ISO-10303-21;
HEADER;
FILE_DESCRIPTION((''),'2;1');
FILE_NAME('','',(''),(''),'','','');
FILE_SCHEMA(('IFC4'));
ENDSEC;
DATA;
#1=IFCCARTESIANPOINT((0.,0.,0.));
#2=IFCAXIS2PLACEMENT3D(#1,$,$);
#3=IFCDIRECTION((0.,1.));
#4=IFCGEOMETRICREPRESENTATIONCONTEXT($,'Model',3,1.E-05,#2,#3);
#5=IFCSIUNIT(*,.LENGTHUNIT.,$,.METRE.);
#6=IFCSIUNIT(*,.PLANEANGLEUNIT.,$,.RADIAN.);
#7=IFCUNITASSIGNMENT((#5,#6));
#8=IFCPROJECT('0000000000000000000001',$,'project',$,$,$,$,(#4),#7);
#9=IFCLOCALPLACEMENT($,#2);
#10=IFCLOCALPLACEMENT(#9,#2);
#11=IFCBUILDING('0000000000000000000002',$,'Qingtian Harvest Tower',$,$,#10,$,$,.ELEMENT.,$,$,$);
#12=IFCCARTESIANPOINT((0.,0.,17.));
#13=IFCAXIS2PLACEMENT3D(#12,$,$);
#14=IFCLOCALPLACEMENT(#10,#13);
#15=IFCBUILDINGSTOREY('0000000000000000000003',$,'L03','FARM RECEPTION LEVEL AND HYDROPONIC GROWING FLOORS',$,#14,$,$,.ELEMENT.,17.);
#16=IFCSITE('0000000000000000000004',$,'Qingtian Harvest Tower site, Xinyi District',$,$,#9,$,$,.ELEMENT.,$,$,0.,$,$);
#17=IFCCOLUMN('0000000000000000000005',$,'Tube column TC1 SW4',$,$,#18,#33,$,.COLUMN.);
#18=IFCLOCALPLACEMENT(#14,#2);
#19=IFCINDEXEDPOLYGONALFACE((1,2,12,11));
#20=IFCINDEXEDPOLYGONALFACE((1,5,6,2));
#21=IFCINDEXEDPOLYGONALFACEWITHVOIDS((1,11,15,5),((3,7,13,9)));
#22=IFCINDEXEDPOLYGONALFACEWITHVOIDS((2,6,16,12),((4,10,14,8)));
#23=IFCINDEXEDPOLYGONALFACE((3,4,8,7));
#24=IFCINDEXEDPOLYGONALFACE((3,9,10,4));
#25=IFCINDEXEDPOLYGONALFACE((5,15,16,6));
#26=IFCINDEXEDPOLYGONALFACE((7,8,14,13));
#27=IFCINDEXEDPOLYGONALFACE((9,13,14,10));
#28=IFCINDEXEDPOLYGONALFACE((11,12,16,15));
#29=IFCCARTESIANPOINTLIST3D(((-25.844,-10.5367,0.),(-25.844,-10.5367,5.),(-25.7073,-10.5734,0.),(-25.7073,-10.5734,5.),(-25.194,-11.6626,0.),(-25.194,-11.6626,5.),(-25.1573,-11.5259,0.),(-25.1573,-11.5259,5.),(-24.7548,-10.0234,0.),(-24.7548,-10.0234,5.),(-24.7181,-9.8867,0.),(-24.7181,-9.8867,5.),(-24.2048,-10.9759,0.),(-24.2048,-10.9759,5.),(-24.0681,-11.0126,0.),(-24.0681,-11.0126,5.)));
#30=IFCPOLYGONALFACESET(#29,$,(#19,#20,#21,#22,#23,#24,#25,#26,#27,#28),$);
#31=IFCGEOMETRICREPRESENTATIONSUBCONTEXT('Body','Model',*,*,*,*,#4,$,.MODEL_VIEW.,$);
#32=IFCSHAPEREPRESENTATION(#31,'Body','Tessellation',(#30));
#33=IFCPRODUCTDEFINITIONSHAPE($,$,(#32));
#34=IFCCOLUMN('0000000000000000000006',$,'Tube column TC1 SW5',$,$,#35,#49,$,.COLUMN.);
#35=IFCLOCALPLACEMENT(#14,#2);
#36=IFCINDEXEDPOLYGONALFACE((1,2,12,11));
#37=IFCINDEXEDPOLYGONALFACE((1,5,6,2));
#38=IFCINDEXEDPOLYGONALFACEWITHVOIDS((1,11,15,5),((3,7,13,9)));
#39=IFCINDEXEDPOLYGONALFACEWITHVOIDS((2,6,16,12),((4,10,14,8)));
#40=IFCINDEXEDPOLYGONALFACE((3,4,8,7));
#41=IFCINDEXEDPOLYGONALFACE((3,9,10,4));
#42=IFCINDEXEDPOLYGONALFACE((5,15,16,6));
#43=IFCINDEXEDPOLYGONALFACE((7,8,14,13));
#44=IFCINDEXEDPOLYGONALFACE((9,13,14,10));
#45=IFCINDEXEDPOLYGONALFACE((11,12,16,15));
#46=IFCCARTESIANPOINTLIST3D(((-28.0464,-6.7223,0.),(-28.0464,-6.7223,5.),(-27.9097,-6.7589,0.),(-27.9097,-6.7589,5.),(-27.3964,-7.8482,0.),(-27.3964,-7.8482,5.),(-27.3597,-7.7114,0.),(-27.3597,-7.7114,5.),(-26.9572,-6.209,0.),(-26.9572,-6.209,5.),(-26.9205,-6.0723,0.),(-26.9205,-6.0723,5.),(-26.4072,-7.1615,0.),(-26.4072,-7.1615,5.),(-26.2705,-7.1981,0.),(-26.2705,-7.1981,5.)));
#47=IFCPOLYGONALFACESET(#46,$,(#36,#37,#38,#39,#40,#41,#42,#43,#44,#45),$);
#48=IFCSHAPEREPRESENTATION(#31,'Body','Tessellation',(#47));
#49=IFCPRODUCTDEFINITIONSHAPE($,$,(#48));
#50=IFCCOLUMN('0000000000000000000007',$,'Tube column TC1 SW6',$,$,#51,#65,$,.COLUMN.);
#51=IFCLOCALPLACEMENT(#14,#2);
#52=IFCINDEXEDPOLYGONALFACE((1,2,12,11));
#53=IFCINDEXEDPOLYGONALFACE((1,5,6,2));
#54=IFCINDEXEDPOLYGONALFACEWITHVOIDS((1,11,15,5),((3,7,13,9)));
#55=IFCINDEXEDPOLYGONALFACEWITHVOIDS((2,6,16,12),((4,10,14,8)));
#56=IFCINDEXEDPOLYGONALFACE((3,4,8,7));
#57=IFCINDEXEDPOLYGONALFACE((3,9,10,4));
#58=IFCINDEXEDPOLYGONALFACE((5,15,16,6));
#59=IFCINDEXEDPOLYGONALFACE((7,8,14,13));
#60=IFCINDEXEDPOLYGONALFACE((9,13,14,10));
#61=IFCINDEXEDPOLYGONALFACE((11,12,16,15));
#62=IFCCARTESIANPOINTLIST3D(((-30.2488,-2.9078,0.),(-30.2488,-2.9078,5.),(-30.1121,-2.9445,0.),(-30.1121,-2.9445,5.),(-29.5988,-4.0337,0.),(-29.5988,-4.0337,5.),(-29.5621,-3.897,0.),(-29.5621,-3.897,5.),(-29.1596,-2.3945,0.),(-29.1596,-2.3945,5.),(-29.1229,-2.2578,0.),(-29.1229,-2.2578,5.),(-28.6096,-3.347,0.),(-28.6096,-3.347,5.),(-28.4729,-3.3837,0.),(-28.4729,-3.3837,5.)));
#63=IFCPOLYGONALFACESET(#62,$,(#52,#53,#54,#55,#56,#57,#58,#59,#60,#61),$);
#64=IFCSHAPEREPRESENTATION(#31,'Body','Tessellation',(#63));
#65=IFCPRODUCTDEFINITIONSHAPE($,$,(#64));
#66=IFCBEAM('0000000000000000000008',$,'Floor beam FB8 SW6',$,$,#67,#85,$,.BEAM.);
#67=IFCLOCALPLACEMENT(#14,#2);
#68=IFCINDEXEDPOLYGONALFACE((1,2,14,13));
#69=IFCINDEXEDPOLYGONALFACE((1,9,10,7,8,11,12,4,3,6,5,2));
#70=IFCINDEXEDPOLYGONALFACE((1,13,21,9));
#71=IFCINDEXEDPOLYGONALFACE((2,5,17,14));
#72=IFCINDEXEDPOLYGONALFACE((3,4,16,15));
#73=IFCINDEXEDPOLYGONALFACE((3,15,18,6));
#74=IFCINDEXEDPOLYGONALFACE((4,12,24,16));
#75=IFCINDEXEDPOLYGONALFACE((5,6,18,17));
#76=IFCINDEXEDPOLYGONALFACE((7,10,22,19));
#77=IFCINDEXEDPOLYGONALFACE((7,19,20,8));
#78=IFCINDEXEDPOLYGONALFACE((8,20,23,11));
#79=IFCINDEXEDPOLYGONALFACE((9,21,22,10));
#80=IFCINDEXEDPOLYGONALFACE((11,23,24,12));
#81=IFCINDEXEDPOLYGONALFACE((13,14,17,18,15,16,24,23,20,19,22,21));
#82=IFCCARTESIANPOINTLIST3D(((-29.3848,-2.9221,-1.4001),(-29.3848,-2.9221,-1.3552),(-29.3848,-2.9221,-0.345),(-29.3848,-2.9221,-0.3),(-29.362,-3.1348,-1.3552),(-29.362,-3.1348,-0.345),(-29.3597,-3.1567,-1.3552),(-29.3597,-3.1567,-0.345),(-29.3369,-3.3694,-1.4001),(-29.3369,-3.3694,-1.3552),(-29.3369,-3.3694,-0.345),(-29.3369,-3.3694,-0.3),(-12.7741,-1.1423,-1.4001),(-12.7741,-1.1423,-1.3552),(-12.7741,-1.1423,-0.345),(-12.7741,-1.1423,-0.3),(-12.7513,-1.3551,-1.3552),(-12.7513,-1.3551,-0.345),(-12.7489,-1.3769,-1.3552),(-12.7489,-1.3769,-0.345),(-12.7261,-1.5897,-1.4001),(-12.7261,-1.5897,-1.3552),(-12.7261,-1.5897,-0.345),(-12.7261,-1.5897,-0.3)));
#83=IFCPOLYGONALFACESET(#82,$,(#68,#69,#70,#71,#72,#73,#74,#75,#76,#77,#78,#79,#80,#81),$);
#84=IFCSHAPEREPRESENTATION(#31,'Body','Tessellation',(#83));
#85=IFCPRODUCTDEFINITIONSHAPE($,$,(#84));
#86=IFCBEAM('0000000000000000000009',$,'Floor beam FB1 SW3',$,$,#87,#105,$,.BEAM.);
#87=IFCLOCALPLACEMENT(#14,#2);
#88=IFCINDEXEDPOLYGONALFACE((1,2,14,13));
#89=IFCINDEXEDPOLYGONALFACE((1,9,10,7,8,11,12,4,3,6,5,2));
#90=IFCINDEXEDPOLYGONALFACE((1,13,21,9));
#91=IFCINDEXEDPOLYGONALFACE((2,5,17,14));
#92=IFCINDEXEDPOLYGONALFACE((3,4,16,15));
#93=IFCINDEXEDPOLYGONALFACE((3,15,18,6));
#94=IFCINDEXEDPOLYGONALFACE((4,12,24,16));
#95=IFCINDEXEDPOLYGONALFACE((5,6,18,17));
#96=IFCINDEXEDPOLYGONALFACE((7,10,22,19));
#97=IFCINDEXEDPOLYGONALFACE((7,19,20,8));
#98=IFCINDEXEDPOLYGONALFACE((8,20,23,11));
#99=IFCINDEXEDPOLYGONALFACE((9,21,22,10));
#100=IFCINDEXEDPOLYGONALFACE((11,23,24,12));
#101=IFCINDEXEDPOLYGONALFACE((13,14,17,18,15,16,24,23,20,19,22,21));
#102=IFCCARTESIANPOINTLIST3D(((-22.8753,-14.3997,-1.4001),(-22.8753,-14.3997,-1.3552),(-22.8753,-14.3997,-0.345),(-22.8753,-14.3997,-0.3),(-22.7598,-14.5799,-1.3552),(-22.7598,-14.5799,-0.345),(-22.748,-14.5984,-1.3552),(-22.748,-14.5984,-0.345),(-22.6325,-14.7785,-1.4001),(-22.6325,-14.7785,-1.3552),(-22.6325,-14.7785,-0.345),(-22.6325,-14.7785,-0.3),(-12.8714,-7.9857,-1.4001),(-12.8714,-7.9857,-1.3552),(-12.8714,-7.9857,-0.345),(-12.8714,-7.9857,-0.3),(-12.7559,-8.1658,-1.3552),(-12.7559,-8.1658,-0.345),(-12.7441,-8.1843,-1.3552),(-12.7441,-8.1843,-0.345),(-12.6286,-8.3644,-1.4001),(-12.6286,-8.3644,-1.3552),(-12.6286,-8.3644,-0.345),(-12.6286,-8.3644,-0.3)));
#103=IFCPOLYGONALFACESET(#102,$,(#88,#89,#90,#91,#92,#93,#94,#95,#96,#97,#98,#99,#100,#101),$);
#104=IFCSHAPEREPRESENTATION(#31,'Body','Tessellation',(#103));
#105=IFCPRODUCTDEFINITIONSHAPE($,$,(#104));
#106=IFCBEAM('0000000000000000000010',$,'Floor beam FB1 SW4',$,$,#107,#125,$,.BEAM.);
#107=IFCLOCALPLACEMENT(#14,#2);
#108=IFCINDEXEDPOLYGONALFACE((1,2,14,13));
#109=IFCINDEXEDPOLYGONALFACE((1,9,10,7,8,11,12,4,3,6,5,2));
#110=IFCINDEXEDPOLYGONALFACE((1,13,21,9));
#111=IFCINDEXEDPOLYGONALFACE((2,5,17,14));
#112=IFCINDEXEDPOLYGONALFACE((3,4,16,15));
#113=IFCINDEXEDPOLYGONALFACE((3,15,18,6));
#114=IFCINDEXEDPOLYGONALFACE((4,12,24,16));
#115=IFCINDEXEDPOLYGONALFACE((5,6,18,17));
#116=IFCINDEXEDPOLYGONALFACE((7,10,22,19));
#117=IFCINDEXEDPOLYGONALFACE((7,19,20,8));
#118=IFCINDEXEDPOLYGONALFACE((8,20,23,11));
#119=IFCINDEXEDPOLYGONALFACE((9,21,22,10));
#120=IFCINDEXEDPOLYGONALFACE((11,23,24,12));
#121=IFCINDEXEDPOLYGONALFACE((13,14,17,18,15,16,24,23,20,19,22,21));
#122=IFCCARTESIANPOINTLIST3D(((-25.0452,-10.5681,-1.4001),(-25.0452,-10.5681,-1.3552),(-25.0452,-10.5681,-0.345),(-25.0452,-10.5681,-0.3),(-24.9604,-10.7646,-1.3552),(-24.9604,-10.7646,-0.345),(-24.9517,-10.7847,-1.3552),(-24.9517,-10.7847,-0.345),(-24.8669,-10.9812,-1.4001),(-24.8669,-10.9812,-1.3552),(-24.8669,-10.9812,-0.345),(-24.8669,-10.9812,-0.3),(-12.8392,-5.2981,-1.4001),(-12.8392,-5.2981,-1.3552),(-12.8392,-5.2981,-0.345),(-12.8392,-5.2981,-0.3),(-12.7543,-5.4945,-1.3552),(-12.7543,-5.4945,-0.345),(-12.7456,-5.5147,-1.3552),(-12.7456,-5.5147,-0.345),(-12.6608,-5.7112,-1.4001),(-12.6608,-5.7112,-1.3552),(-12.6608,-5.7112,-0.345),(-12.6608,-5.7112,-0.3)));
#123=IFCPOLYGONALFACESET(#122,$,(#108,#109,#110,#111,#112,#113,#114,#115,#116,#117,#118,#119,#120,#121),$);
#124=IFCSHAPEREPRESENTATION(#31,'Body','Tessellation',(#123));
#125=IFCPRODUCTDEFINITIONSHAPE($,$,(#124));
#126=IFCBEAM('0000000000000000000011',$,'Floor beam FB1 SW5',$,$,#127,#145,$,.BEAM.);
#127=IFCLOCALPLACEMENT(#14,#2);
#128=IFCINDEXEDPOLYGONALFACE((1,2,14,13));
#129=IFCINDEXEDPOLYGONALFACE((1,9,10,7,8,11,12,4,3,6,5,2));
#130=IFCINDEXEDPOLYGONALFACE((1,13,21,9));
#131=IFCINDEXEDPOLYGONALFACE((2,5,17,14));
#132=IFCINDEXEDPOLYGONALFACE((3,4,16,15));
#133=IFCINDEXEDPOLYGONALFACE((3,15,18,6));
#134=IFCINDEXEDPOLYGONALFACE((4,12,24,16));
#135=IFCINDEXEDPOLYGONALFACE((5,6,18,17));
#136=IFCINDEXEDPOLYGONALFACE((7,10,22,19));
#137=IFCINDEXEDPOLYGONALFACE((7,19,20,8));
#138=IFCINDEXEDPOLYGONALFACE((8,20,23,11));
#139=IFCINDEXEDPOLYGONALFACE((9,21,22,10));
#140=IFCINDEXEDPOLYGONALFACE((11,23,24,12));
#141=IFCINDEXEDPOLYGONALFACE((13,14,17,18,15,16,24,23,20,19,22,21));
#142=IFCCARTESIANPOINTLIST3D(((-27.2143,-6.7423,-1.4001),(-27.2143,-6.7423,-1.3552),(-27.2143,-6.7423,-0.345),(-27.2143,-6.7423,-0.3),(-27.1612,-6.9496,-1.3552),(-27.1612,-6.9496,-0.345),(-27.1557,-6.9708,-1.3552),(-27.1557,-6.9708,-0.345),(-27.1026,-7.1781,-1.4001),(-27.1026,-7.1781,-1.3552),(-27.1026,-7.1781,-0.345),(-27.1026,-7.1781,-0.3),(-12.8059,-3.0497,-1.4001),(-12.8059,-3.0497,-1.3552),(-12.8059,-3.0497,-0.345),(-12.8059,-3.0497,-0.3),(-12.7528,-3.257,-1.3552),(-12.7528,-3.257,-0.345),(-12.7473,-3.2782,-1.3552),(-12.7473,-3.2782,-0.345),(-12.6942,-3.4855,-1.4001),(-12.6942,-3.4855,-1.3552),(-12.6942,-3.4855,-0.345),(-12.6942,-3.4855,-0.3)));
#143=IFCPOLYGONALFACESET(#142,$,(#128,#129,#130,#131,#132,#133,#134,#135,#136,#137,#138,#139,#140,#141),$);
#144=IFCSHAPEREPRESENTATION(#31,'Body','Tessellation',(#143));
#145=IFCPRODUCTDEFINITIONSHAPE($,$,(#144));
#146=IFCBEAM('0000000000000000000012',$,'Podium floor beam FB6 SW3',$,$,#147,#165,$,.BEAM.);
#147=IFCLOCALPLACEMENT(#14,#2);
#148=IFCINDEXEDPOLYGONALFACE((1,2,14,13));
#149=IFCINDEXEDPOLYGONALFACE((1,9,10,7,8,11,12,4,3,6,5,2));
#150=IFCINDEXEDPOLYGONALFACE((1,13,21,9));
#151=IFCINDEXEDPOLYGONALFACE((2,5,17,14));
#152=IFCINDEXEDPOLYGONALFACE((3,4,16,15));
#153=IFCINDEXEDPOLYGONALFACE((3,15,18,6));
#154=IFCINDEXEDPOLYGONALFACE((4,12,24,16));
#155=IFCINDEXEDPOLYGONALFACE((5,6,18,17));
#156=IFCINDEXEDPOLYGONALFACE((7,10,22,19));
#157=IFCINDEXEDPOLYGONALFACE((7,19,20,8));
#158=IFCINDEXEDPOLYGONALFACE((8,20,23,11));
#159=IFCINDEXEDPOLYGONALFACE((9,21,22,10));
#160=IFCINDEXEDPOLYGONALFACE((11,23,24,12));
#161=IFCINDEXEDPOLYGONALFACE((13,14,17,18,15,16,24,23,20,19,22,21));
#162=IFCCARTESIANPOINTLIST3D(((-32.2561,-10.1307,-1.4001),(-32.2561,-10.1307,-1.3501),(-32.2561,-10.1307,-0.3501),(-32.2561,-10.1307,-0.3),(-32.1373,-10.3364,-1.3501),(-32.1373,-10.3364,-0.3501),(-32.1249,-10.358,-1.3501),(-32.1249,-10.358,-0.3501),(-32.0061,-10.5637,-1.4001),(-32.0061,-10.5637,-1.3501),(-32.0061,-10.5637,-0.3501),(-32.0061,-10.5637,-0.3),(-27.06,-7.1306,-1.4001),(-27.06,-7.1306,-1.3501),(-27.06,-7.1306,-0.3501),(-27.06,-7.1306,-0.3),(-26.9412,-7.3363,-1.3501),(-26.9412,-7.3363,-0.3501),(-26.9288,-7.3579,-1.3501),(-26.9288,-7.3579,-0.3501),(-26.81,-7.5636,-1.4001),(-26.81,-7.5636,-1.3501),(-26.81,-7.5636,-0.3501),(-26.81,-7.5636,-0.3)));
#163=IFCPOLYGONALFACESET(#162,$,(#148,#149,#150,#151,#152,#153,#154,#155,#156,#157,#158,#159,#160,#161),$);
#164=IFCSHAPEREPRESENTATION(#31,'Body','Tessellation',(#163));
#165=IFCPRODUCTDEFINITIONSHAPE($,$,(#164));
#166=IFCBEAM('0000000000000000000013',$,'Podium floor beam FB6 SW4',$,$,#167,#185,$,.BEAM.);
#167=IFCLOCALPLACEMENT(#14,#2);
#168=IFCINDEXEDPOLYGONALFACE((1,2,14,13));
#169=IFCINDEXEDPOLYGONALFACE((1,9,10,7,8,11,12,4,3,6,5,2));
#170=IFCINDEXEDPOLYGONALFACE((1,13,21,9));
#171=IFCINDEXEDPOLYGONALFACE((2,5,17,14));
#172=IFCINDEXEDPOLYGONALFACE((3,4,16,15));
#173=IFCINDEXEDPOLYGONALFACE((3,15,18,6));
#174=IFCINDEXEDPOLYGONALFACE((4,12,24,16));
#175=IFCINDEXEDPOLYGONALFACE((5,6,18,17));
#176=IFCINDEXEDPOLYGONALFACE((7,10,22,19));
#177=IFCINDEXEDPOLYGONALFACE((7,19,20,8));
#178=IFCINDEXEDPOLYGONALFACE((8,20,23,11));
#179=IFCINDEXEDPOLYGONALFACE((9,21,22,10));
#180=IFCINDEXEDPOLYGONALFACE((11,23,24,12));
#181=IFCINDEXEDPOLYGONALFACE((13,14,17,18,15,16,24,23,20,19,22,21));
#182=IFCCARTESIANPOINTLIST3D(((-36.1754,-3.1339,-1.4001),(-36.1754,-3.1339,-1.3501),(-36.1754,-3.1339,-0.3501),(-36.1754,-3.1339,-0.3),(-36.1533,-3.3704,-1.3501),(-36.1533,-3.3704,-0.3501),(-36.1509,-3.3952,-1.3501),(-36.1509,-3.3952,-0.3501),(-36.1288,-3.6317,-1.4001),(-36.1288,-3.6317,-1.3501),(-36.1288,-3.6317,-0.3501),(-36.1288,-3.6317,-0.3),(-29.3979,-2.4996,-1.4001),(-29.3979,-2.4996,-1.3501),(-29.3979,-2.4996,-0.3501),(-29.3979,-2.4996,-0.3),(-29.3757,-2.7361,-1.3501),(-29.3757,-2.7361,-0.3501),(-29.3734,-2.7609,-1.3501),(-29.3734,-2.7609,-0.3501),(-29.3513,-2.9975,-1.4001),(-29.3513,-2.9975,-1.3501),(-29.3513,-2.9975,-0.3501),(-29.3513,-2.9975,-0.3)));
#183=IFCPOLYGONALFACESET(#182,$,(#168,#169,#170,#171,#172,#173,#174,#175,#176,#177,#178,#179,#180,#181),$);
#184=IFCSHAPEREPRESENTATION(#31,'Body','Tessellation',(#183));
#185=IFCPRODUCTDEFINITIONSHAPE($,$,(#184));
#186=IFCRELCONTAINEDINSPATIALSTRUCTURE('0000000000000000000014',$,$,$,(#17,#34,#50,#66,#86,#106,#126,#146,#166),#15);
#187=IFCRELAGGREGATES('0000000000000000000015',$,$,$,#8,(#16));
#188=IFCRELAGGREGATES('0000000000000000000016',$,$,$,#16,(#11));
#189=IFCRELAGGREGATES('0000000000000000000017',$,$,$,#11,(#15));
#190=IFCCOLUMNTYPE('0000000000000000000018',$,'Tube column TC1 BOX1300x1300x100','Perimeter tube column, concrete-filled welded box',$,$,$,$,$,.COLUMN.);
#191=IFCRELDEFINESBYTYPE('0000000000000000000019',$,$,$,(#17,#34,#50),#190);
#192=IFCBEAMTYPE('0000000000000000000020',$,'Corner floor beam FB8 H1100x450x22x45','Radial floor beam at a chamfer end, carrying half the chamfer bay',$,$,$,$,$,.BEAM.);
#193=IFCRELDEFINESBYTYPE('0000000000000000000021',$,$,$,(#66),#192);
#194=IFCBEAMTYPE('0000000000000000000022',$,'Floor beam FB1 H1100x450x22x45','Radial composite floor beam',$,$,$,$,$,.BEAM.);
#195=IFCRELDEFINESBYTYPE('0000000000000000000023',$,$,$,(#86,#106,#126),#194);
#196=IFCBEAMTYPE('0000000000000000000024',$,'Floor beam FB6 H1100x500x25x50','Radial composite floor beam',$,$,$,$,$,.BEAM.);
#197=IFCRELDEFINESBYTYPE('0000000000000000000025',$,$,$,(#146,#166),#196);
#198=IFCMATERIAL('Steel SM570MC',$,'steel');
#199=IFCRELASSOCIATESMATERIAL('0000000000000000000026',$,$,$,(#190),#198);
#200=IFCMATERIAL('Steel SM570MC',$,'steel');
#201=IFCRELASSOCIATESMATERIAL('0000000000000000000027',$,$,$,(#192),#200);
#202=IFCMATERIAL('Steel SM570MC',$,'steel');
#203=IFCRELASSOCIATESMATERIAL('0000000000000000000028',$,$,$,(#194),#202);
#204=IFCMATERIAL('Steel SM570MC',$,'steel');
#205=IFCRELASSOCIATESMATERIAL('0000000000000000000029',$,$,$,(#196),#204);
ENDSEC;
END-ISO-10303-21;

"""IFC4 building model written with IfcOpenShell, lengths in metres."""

from ifc_helpers import new_model, si_unit, direction, frame, origin, origin_2d, place, context, subcontext, project, spatial, hollow_rectangle, i_section, extrude, material, material_profile, profile_set, type_object, element, save


model = new_model("IFC4")

# Units and contexts
model_context = context("Model", 3, precision=1e-05, world=origin(), true_north=direction((0.0, 1.0)))
body_context = subcontext(model_context, "Body", "Model", "MODEL_VIEW")
ifc_project = project(units=[si_unit("LENGTHUNIT", "METRE"), si_unit("PLANEANGLEUNIT", "RADIAN")], contexts=[model_context])

# Site, building, storey
site_placement = place(None, origin())
site = spatial("IfcSite", under=ifc_project, at=site_placement, Name="Qingtian Harvest Tower site, Xinyi District", CompositionType="ELEMENT", RefElevation=0.0)
building_placement = place(site_placement, origin())
building = spatial("IfcBuilding", under=site, at=building_placement, Name="Qingtian Harvest Tower", CompositionType="ELEMENT")
storey_placement = place(building_placement, frame((0.0, 0.0, 17.0)))
storey = spatial("IfcBuildingStorey", under=building, at=storey_placement, Name="L03", Description="FARM RECEPTION LEVEL AND HYDROPONIC GROWING FLOORS", CompositionType="ELEMENT", Elevation=17.0)

# Columns
ifc_material_1 = material(Name="Steel SM570MC", Category="steel")
ifc_material_profile_1 = material_profile(ifc_material_1, hollow_rectangle(XDim=1.3, YDim=1.3, WallThickness=0.1001, at=origin_2d()), Name="BOX1300x1300x100")
ifc_profile_set_1 = profile_set([ifc_material_profile_1], Name="Steel SM570MC")
column_type = type_object("IfcColumnType", Name="Tube column TC1 BOX1300x1300x100", Description="Perimeter tube column, concrete-filled welded box", PredefinedType="COLUMN", material=ifc_profile_set_1)
for number, where, z_axis, x_axis, name in (
    (1, (-24.9561, -10.7747, 0.0), (0.0, 0.0, 1.0), (0.5, -0.866025, 0.0), "Tube column TC1 SW4"),
    (2, (-27.1584, -6.9602, 0.0), (0.0, 0.0, 1.0), (0.5, -0.866025, 0.0), "Tube column TC1 SW5"),
    (3, (-29.3608, -3.1458, 0.0), (0.0, 0.0, 1.0), (0.5, -0.866025, 0.0), "Tube column TC1 SW6"),
):
    element("IfcColumn", number, at=place(storey_placement, frame(where, z_axis=z_axis, x_axis=x_axis)), inside=storey, type_object=column_type, Name=name, PredefinedType="COLUMN", context=body_context, shape_type="SweptSolid", body=[
        extrude(hollow_rectangle(XDim=1.3, YDim=1.3, WallThickness=0.1001, at=origin_2d()), origin(), (0.0, 0.0, 1.0), 5.0),
    ])

# Beams
ifc_material_2 = material(Name="Steel SM570MC", Category="steel")
ifc_material_profile_2 = material_profile(ifc_material_2, i_section(OverallWidth=0.45, OverallDepth=1.1001, WebThickness=0.022, FlangeThickness=0.0449, at=origin_2d()), Name="H1100x450x22x45")
ifc_profile_set_2 = profile_set([ifc_material_profile_2], Name="Steel SM570MC")
beam_type_1 = type_object("IfcBeamType", Name="Corner floor beam FB8 H1100x450x22x45", Description="Radial floor beam at a chamfer end, carrying half the chamfer bay", PredefinedType="BEAM", material=ifc_profile_set_2)
beam_1_placement = place(storey_placement, frame((-29.3608, -3.1458, -0.8501), z_axis=(0.994309, 0.106536, 0.0), x_axis=(-0.106536, 0.994309, 0.0)))
element("IfcBeam", 4, at=beam_1_placement, inside=storey, type_object=beam_type_1, Name="Floor beam FB8 SW6", PredefinedType="BEAM", context=body_context, shape_type="SweptSolid", body=[
    extrude(i_section(OverallWidth=0.45, OverallDepth=1.1001, WebThickness=0.022, FlangeThickness=0.0449, at=origin_2d()), origin(), (0.0, 0.0, 1.0), 16.7058),
])
ifc_material_3 = material(Name="Steel SM570MC", Category="steel")
ifc_material_profile_3 = material_profile(ifc_material_3, i_section(OverallWidth=0.45, OverallDepth=1.1001, WebThickness=0.022, FlangeThickness=0.0449, at=origin_2d()), Name="H1100x450x22x45")
ifc_profile_set_3 = profile_set([ifc_material_profile_3], Name="Steel SM570MC")
beam_type_2 = type_object("IfcBeamType", Name="Floor beam FB1 H1100x450x22x45", Description="Radial composite floor beam", PredefinedType="BEAM", material=ifc_profile_set_3)
beam_2_placement = place(storey_placement, frame((-22.7539, -14.5891, -0.8501), z_axis=(0.841829, 0.539744, 0.0), x_axis=(-0.539744, 0.841829, 0.0)))
element("IfcBeam", 5, at=beam_2_placement, inside=storey, type_object=beam_type_2, Name="Floor beam FB1 SW3", PredefinedType="BEAM", context=body_context, shape_type="SweptSolid", body=[
    extrude(i_section(OverallWidth=0.45, OverallDepth=1.1001, WebThickness=0.022, FlangeThickness=0.0449, at=origin_2d()), origin(), (0.0, 0.0, 1.0), 11.8835),
])
beam_3_placement = place(storey_placement, frame((-24.9561, -10.7747, -0.8501), z_axis=(0.918084, 0.396387, 0.0), x_axis=(-0.396387, 0.918084, 0.0)))
element("IfcBeam", 6, at=beam_3_placement, inside=storey, type_object=beam_type_2, Name="Floor beam FB1 SW4", PredefinedType="BEAM", context=body_context, shape_type="SweptSolid", body=[
    extrude(i_section(OverallWidth=0.45, OverallDepth=1.1001, WebThickness=0.022, FlangeThickness=0.0449, at=origin_2d()), origin(), (0.0, 0.0, 1.0), 13.2952),
])
beam_4_placement = place(storey_placement, frame((-27.1584, -6.9602, -0.8501), z_axis=(0.968694, 0.248259, 0.0), x_axis=(-0.248259, 0.968694, 0.0)))
element("IfcBeam", 7, at=beam_4_placement, inside=storey, type_object=beam_type_2, Name="Floor beam FB1 SW5", PredefinedType="BEAM", context=body_context, shape_type="SweptSolid", body=[
    extrude(i_section(OverallWidth=0.45, OverallDepth=1.1001, WebThickness=0.022, FlangeThickness=0.0449, at=origin_2d()), origin(), (0.0, 0.0, 1.0), 14.874),
])
ifc_material_4 = material(Name="Steel SM570MC", Category="steel")
ifc_material_profile_4 = material_profile(ifc_material_4, i_section(OverallWidth=0.5, OverallDepth=1.1001, WebThickness=0.0249, FlangeThickness=0.05, at=origin_2d()), Name="H1100x500x25x50")
ifc_profile_set_4 = profile_set([ifc_material_profile_4], Name="Steel SM570MC")
beam_type_3 = type_object("IfcBeamType", Name="Floor beam FB6 H1100x500x25x50", Description="Radial composite floor beam", PredefinedType="BEAM", material=ifc_profile_set_4)
beam_5_placement = place(storey_placement, frame((-32.1311, -10.3472, -0.8501), z_axis=(0.866021, 0.500008, 0.0), x_axis=(-0.500008, 0.866021, 0.0)))
element("IfcBeam", 8, at=beam_5_placement, inside=storey, type_object=beam_type_3, Name="Podium floor beam FB6 SW3", PredefinedType="BEAM", context=body_context, shape_type="SweptSolid", body=[
    extrude(i_section(OverallWidth=0.5, OverallDepth=1.1001, WebThickness=0.0249, FlangeThickness=0.05, at=origin_2d()), origin(), (0.0, 0.0, 1.0), 6.0),
])
beam_6_placement = place(storey_placement, frame((-36.1521, -3.3828, -0.8501), z_axis=(0.99565, 0.093177, 0.0), x_axis=(-0.093177, 0.99565, 0.0)))
element("IfcBeam", 9, at=beam_6_placement, inside=storey, type_object=beam_type_3, Name="Podium floor beam FB6 SW4", PredefinedType="BEAM", context=body_context, shape_type="SweptSolid", body=[
    extrude(i_section(OverallWidth=0.5, OverallDepth=1.1001, WebThickness=0.0249, FlangeThickness=0.05, at=origin_2d()), origin(), (0.0, 0.0, 1.0), 6.8071),
])

save(model, "model.ifc")
